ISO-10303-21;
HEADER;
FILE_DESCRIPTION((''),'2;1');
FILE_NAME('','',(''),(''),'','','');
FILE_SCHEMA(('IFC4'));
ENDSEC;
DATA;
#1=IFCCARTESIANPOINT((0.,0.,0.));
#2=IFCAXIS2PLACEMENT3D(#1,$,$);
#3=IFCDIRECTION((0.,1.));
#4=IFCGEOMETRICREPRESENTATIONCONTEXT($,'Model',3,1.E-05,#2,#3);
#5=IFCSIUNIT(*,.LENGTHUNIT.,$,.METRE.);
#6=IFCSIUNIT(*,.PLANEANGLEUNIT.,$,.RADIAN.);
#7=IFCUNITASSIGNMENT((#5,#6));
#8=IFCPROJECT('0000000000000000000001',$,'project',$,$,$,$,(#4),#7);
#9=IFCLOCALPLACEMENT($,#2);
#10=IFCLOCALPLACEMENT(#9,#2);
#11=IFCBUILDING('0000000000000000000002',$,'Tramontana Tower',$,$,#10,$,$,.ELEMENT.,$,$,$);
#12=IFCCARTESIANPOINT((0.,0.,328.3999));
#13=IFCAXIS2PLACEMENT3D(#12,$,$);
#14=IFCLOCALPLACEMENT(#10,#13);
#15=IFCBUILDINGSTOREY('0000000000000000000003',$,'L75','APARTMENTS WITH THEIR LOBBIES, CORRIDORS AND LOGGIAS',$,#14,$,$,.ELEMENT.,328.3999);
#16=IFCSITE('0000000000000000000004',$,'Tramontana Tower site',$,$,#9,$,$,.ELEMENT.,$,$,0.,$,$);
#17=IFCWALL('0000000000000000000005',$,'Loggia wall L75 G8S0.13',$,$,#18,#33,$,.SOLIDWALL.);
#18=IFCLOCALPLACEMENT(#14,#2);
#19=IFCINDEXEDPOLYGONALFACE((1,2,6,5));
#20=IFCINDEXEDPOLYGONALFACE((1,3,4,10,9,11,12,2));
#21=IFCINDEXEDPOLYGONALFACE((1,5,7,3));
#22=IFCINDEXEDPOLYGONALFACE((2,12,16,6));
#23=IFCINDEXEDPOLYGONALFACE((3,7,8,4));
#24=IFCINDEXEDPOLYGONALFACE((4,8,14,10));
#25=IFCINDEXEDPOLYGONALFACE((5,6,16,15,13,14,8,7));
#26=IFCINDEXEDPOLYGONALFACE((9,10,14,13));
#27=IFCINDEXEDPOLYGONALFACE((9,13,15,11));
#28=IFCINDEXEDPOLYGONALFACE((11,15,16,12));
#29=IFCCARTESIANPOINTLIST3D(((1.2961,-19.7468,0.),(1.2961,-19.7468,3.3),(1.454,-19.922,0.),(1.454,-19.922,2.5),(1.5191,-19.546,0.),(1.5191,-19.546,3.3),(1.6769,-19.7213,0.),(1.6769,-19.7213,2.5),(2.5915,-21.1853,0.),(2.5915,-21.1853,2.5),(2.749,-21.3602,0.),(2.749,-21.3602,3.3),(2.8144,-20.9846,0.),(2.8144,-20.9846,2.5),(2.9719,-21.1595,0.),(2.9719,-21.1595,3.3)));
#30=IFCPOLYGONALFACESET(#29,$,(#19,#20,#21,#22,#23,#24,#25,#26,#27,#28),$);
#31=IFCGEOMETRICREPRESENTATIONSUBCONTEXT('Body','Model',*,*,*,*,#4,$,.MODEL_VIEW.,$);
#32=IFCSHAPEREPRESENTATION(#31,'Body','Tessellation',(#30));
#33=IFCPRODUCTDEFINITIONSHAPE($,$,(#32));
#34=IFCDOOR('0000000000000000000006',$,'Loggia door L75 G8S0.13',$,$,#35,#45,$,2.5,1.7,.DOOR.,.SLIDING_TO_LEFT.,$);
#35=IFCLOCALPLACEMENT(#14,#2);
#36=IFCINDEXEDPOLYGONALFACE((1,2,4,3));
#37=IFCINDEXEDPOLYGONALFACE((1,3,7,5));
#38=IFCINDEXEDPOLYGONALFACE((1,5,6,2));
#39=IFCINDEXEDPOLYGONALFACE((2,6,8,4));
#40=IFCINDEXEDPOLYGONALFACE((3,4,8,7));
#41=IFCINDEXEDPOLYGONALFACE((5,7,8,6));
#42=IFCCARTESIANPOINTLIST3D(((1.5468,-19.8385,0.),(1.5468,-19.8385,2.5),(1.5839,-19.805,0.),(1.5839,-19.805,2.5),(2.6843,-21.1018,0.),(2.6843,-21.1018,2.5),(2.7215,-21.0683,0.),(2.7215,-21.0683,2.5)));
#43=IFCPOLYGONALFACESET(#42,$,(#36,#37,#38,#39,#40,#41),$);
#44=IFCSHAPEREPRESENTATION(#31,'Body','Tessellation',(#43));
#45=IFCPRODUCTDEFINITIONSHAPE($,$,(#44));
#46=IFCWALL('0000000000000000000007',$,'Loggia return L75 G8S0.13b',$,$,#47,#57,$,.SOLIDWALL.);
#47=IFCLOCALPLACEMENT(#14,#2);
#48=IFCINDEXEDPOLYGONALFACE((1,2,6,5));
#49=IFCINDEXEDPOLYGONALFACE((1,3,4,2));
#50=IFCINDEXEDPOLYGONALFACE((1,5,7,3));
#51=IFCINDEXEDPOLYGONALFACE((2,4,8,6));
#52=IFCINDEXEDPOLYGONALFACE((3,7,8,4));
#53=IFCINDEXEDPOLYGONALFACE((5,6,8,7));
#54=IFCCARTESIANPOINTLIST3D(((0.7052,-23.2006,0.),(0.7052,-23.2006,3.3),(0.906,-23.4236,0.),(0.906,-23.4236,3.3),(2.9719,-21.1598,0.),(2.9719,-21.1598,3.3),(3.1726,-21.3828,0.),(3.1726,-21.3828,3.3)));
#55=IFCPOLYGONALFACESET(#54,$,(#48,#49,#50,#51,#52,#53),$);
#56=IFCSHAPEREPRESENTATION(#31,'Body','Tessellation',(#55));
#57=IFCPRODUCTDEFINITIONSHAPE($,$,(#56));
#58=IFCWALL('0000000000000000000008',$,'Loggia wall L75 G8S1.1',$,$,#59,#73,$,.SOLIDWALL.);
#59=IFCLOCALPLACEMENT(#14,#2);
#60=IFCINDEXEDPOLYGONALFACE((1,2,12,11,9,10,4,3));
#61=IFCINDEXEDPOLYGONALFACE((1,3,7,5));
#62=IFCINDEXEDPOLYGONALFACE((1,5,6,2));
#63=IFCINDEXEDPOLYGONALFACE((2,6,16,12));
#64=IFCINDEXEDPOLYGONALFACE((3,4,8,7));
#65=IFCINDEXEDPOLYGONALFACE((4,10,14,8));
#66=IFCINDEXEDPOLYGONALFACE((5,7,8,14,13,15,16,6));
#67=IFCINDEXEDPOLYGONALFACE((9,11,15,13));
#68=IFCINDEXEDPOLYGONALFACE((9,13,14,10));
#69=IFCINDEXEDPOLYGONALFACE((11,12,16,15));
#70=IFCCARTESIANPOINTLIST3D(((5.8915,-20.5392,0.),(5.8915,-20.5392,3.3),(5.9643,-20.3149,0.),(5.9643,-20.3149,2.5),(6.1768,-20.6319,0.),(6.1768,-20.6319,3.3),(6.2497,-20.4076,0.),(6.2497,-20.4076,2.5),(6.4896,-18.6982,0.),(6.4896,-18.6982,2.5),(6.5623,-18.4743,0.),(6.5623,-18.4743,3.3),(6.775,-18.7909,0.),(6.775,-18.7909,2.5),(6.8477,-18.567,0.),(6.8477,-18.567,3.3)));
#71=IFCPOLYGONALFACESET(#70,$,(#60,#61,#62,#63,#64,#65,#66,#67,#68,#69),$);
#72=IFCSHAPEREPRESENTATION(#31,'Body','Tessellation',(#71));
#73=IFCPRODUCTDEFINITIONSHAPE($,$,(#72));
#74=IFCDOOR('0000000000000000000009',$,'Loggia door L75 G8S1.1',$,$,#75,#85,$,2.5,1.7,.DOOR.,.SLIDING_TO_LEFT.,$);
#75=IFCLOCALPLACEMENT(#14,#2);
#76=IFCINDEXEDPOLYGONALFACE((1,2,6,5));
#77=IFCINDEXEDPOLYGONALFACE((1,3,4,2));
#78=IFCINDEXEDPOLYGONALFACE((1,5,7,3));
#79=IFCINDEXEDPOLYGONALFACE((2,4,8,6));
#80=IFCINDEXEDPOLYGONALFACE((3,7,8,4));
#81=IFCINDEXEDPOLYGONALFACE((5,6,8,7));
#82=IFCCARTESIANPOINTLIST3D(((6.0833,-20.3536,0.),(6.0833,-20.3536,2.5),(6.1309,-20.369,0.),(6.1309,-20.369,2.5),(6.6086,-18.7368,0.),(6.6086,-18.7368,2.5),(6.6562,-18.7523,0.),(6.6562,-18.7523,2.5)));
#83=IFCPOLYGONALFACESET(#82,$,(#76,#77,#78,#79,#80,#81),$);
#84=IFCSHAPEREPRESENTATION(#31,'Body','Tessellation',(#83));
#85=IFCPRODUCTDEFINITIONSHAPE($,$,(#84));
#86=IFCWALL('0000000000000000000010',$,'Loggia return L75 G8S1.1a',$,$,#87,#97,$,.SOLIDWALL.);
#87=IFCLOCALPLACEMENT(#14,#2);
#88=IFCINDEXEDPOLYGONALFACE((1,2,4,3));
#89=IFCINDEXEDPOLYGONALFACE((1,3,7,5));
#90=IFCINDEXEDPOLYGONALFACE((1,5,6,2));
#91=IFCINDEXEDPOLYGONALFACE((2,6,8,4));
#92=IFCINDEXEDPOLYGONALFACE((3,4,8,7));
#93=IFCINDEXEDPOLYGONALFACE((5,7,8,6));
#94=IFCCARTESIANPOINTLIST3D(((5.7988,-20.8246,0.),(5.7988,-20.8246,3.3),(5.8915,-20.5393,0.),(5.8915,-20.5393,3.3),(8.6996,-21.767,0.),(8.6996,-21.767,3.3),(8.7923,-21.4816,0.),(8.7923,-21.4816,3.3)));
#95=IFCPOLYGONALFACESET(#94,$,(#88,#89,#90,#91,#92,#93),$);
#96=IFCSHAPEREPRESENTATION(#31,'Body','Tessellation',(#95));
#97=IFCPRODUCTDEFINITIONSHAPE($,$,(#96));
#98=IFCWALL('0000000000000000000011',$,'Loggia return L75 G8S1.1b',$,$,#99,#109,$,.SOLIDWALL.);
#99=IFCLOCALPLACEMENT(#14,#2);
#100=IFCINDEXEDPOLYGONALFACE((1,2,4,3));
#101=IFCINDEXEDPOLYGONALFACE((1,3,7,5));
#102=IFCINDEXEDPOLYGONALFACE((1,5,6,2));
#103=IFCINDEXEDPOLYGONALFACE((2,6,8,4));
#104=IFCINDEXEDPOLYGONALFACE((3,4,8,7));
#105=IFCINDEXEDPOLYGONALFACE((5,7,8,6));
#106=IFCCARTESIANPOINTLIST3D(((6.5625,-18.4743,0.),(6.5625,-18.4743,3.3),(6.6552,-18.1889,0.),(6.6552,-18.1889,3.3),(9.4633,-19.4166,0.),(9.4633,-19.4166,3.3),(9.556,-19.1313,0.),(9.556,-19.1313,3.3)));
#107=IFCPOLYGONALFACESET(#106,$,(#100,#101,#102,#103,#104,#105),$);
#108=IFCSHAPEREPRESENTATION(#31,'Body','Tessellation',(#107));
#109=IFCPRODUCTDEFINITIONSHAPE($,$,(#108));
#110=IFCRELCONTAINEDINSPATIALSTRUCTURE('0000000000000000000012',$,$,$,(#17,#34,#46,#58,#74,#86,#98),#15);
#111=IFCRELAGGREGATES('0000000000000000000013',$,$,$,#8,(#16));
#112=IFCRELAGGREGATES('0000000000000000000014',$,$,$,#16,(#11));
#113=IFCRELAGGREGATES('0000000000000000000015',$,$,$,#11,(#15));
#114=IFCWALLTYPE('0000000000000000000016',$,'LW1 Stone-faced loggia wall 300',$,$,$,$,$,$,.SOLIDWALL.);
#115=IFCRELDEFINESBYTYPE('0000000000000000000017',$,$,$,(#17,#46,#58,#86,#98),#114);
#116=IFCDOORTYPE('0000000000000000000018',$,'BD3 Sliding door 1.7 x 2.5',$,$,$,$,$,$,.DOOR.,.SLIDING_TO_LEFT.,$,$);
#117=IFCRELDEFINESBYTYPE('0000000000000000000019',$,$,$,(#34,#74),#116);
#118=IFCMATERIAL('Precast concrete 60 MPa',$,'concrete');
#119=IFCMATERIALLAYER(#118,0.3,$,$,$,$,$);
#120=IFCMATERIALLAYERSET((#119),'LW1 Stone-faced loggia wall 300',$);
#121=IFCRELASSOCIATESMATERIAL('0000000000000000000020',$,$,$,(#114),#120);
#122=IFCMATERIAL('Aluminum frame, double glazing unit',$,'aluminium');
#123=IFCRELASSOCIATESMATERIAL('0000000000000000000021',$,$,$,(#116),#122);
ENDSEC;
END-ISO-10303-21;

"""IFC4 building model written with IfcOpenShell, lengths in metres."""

from ifc_helpers import new_model, si_unit, direction, frame, frame_2d, origin, place, context, subcontext, project, spatial, rectangle, extrude, material, layer, layer_set, type_object, element, fill, save


model = new_model("IFC4")

# Units and contexts
model_context = context("Model", 3, precision=1e-05, world=origin(), true_north=direction((0.0, 1.0)))
body_context = subcontext(model_context, "Body", "Model", "MODEL_VIEW")
ifc_project = project(units=[si_unit("LENGTHUNIT", "METRE"), si_unit("PLANEANGLEUNIT", "RADIAN")], contexts=[model_context])

# Site, building, storey
site_placement = place(None, origin())
site = spatial("IfcSite", under=ifc_project, at=site_placement, Name="Tramontana Tower site", CompositionType="ELEMENT", RefElevation=0.0)
building_placement = place(site_placement, origin())
building = spatial("IfcBuilding", under=site, at=building_placement, Name="Tramontana Tower", CompositionType="ELEMENT")
storey_placement = place(building_placement, frame((0.0, 0.0, 328.3999)))
storey = spatial("IfcBuildingStorey", under=building, at=storey_placement, Name="L75", Description="APARTMENTS WITH THEIR LOBBIES, CORRIDORS AND LOGGIAS", CompositionType="ELEMENT", Elevation=328.3999)

# Wall, opening, door
ifc_material_1 = material(Name="Precast concrete 60 MPa", Category="concrete")
ifc_layer_1 = layer(ifc_material_1, 0.3)
ifc_layer_set_1 = layer_set([ifc_layer_1], Name="LW1 Stone-faced loggia wall 300")
wall_type_1 = type_object("IfcWallType", Name="LW1 Stone-faced loggia wall 300", PredefinedType="SOLIDWALL", material=ifc_layer_set_1)
wall_1_placement = place(storey_placement, frame((1.4077, -19.6465, 0.0), z_axis=(0.0, 0.0, 1.0), x_axis=(0.669145, -0.743132, 0.0)))
wall_1 = element("IfcWall", 1, at=wall_1_placement, inside=storey, type_object=wall_type_1, Name="Loggia wall L75 G8S0.13", PredefinedType="SOLIDWALL", context=body_context, shape_type="SweptSolid", body=[
    extrude(rectangle(XDim=2.1711, YDim=0.3, at=frame_2d((1.0854, 0.0))), origin(), (0.0, 0.0, 1.0), 3.3),
])
opening_1_placement = place(wall_1_placement, frame((0.2356, 0.0, 0.0)))
opening_1 = element("IfcOpeningElement", 2, at=opening_1_placement, cuts=wall_1, PredefinedType="OPENING", context=body_context, shape_type="SweptSolid", body=[
    extrude(rectangle(XDim=1.7, YDim=2.5, at=frame_2d((0.8501, 1.25))), frame((0.0, 0.1599, 0.0), z_axis=(0.0, -1.0, 0.0), x_axis=(1.0, 0.0, 0.0)), (0.0, 0.0, 1.0), 0.3201),
])
ifc_material_2 = material(Name="Aluminum frame, double glazing unit", Category="aluminium")
door_type_1 = type_object("IfcDoorType", Name="BD3 Sliding door 1.7 x 2.5", OperationType="SLIDING_TO_LEFT", PredefinedType="DOOR", material=ifc_material_2)
door_1_placement = place(opening_1_placement, origin())
door_1 = element("IfcDoor", 3, at=door_1_placement, inside=storey, type_object=door_type_1, Name="Loggia door L75 G8S0.13", OperationType="SLIDING_TO_LEFT", OverallHeight=2.5, OverallWidth=1.7, PredefinedType="DOOR", context=body_context, shape_type="SweptSolid", body=[
    extrude(rectangle(XDim=1.7, YDim=2.5, at=frame_2d((0.8501, 1.25))), frame((0.0, 0.0249, 0.0), z_axis=(0.0, -1.0, 0.0), x_axis=(1.0, 0.0, 0.0)), (0.0, 0.0, 1.0), 0.05),
])
fill(opening_1, door_1)

# Wall
wall_2_placement = place(storey_placement, frame((0.8057, -23.312, 0.0), z_axis=(0.0, 0.0, 1.0), x_axis=(0.743159, 0.669115, 0.0)))
element("IfcWall", 4, at=wall_2_placement, inside=storey, type_object=wall_type_1, Name="Loggia return L75 G8S0.13b", PredefinedType="SOLIDWALL", context=body_context, shape_type="SweptSolid", body=[
    extrude(rectangle(XDim=3.05, YDim=0.3, at=frame_2d((1.5249, 0.0))), origin(), (0.0, 0.0, 1.0), 3.3),
])

# Wall, opening, door
wall_3_placement = place(storey_placement, frame((6.0342, -20.5854, 0.0), z_axis=(0.0, 0.0, 1.0), x_axis=(0.309, 0.951062, 0.0)))
wall_3 = element("IfcWall", 5, at=wall_3_placement, inside=storey, type_object=wall_type_1, Name="Loggia wall L75 G8S1.1", PredefinedType="SOLIDWALL", context=body_context, shape_type="SweptSolid", body=[
    extrude(rectangle(XDim=2.1711, YDim=0.3, at=frame_2d((1.0854, 0.0))), origin(), (0.0, 0.0, 1.0), 3.3),
])
opening_2_placement = place(wall_3_placement, frame((0.2356, 0.0, 0.0)))
opening_2 = element("IfcOpeningElement", 6, at=opening_2_placement, cuts=wall_3, PredefinedType="OPENING", context=body_context, shape_type="SweptSolid", body=[
    extrude(rectangle(XDim=1.7, YDim=2.5, at=frame_2d((0.8501, 1.25))), frame((0.0, 0.1599, 0.0), z_axis=(0.0, -1.0, 0.0), x_axis=(1.0, 0.0, 0.0)), (0.0, 0.0, 1.0), 0.3201),
])
door_2_placement = place(opening_2_placement, origin())
door_2 = element("IfcDoor", 7, at=door_2_placement, inside=storey, type_object=door_type_1, Name="Loggia door L75 G8S1.1", OperationType="SLIDING_TO_LEFT", OverallHeight=2.5, OverallWidth=1.7, PredefinedType="DOOR", context=body_context, shape_type="SweptSolid", body=[
    extrude(rectangle(XDim=1.7, YDim=2.5, at=frame_2d((0.8501, 1.25))), frame((0.0, 0.0249, 0.0), z_axis=(0.0, -1.0, 0.0), x_axis=(1.0, 0.0, 0.0)), (0.0, 0.0, 1.0), 0.05),
])
fill(opening_2, door_2)

# Walls
for number, where, z_axis, x_axis, name in (
    (8, (8.7458, -21.6243, 0.0), (0.0, 0.0, 1.0), (-0.951073, 0.308967, 0.0), "Loggia return L75 G8S1.1a"),
    (9, (9.5095, -19.2739, 0.0), (0.0, 0.0, 1.0), (-0.951073, 0.308967, 0.0), "Loggia return L75 G8S1.1b"),
):
    element("IfcWall", number, at=place(storey_placement, frame(where, z_axis=z_axis, x_axis=x_axis)), inside=storey, type_object=wall_type_1, Name=name, PredefinedType="SOLIDWALL", context=body_context, shape_type="SweptSolid", body=[
        extrude(rectangle(XDim=3.05, YDim=0.3, at=frame_2d((1.5249, 0.0))), origin(), (0.0, 0.0, 1.0), 3.3),
    ])

save(model, "model.ifc")
